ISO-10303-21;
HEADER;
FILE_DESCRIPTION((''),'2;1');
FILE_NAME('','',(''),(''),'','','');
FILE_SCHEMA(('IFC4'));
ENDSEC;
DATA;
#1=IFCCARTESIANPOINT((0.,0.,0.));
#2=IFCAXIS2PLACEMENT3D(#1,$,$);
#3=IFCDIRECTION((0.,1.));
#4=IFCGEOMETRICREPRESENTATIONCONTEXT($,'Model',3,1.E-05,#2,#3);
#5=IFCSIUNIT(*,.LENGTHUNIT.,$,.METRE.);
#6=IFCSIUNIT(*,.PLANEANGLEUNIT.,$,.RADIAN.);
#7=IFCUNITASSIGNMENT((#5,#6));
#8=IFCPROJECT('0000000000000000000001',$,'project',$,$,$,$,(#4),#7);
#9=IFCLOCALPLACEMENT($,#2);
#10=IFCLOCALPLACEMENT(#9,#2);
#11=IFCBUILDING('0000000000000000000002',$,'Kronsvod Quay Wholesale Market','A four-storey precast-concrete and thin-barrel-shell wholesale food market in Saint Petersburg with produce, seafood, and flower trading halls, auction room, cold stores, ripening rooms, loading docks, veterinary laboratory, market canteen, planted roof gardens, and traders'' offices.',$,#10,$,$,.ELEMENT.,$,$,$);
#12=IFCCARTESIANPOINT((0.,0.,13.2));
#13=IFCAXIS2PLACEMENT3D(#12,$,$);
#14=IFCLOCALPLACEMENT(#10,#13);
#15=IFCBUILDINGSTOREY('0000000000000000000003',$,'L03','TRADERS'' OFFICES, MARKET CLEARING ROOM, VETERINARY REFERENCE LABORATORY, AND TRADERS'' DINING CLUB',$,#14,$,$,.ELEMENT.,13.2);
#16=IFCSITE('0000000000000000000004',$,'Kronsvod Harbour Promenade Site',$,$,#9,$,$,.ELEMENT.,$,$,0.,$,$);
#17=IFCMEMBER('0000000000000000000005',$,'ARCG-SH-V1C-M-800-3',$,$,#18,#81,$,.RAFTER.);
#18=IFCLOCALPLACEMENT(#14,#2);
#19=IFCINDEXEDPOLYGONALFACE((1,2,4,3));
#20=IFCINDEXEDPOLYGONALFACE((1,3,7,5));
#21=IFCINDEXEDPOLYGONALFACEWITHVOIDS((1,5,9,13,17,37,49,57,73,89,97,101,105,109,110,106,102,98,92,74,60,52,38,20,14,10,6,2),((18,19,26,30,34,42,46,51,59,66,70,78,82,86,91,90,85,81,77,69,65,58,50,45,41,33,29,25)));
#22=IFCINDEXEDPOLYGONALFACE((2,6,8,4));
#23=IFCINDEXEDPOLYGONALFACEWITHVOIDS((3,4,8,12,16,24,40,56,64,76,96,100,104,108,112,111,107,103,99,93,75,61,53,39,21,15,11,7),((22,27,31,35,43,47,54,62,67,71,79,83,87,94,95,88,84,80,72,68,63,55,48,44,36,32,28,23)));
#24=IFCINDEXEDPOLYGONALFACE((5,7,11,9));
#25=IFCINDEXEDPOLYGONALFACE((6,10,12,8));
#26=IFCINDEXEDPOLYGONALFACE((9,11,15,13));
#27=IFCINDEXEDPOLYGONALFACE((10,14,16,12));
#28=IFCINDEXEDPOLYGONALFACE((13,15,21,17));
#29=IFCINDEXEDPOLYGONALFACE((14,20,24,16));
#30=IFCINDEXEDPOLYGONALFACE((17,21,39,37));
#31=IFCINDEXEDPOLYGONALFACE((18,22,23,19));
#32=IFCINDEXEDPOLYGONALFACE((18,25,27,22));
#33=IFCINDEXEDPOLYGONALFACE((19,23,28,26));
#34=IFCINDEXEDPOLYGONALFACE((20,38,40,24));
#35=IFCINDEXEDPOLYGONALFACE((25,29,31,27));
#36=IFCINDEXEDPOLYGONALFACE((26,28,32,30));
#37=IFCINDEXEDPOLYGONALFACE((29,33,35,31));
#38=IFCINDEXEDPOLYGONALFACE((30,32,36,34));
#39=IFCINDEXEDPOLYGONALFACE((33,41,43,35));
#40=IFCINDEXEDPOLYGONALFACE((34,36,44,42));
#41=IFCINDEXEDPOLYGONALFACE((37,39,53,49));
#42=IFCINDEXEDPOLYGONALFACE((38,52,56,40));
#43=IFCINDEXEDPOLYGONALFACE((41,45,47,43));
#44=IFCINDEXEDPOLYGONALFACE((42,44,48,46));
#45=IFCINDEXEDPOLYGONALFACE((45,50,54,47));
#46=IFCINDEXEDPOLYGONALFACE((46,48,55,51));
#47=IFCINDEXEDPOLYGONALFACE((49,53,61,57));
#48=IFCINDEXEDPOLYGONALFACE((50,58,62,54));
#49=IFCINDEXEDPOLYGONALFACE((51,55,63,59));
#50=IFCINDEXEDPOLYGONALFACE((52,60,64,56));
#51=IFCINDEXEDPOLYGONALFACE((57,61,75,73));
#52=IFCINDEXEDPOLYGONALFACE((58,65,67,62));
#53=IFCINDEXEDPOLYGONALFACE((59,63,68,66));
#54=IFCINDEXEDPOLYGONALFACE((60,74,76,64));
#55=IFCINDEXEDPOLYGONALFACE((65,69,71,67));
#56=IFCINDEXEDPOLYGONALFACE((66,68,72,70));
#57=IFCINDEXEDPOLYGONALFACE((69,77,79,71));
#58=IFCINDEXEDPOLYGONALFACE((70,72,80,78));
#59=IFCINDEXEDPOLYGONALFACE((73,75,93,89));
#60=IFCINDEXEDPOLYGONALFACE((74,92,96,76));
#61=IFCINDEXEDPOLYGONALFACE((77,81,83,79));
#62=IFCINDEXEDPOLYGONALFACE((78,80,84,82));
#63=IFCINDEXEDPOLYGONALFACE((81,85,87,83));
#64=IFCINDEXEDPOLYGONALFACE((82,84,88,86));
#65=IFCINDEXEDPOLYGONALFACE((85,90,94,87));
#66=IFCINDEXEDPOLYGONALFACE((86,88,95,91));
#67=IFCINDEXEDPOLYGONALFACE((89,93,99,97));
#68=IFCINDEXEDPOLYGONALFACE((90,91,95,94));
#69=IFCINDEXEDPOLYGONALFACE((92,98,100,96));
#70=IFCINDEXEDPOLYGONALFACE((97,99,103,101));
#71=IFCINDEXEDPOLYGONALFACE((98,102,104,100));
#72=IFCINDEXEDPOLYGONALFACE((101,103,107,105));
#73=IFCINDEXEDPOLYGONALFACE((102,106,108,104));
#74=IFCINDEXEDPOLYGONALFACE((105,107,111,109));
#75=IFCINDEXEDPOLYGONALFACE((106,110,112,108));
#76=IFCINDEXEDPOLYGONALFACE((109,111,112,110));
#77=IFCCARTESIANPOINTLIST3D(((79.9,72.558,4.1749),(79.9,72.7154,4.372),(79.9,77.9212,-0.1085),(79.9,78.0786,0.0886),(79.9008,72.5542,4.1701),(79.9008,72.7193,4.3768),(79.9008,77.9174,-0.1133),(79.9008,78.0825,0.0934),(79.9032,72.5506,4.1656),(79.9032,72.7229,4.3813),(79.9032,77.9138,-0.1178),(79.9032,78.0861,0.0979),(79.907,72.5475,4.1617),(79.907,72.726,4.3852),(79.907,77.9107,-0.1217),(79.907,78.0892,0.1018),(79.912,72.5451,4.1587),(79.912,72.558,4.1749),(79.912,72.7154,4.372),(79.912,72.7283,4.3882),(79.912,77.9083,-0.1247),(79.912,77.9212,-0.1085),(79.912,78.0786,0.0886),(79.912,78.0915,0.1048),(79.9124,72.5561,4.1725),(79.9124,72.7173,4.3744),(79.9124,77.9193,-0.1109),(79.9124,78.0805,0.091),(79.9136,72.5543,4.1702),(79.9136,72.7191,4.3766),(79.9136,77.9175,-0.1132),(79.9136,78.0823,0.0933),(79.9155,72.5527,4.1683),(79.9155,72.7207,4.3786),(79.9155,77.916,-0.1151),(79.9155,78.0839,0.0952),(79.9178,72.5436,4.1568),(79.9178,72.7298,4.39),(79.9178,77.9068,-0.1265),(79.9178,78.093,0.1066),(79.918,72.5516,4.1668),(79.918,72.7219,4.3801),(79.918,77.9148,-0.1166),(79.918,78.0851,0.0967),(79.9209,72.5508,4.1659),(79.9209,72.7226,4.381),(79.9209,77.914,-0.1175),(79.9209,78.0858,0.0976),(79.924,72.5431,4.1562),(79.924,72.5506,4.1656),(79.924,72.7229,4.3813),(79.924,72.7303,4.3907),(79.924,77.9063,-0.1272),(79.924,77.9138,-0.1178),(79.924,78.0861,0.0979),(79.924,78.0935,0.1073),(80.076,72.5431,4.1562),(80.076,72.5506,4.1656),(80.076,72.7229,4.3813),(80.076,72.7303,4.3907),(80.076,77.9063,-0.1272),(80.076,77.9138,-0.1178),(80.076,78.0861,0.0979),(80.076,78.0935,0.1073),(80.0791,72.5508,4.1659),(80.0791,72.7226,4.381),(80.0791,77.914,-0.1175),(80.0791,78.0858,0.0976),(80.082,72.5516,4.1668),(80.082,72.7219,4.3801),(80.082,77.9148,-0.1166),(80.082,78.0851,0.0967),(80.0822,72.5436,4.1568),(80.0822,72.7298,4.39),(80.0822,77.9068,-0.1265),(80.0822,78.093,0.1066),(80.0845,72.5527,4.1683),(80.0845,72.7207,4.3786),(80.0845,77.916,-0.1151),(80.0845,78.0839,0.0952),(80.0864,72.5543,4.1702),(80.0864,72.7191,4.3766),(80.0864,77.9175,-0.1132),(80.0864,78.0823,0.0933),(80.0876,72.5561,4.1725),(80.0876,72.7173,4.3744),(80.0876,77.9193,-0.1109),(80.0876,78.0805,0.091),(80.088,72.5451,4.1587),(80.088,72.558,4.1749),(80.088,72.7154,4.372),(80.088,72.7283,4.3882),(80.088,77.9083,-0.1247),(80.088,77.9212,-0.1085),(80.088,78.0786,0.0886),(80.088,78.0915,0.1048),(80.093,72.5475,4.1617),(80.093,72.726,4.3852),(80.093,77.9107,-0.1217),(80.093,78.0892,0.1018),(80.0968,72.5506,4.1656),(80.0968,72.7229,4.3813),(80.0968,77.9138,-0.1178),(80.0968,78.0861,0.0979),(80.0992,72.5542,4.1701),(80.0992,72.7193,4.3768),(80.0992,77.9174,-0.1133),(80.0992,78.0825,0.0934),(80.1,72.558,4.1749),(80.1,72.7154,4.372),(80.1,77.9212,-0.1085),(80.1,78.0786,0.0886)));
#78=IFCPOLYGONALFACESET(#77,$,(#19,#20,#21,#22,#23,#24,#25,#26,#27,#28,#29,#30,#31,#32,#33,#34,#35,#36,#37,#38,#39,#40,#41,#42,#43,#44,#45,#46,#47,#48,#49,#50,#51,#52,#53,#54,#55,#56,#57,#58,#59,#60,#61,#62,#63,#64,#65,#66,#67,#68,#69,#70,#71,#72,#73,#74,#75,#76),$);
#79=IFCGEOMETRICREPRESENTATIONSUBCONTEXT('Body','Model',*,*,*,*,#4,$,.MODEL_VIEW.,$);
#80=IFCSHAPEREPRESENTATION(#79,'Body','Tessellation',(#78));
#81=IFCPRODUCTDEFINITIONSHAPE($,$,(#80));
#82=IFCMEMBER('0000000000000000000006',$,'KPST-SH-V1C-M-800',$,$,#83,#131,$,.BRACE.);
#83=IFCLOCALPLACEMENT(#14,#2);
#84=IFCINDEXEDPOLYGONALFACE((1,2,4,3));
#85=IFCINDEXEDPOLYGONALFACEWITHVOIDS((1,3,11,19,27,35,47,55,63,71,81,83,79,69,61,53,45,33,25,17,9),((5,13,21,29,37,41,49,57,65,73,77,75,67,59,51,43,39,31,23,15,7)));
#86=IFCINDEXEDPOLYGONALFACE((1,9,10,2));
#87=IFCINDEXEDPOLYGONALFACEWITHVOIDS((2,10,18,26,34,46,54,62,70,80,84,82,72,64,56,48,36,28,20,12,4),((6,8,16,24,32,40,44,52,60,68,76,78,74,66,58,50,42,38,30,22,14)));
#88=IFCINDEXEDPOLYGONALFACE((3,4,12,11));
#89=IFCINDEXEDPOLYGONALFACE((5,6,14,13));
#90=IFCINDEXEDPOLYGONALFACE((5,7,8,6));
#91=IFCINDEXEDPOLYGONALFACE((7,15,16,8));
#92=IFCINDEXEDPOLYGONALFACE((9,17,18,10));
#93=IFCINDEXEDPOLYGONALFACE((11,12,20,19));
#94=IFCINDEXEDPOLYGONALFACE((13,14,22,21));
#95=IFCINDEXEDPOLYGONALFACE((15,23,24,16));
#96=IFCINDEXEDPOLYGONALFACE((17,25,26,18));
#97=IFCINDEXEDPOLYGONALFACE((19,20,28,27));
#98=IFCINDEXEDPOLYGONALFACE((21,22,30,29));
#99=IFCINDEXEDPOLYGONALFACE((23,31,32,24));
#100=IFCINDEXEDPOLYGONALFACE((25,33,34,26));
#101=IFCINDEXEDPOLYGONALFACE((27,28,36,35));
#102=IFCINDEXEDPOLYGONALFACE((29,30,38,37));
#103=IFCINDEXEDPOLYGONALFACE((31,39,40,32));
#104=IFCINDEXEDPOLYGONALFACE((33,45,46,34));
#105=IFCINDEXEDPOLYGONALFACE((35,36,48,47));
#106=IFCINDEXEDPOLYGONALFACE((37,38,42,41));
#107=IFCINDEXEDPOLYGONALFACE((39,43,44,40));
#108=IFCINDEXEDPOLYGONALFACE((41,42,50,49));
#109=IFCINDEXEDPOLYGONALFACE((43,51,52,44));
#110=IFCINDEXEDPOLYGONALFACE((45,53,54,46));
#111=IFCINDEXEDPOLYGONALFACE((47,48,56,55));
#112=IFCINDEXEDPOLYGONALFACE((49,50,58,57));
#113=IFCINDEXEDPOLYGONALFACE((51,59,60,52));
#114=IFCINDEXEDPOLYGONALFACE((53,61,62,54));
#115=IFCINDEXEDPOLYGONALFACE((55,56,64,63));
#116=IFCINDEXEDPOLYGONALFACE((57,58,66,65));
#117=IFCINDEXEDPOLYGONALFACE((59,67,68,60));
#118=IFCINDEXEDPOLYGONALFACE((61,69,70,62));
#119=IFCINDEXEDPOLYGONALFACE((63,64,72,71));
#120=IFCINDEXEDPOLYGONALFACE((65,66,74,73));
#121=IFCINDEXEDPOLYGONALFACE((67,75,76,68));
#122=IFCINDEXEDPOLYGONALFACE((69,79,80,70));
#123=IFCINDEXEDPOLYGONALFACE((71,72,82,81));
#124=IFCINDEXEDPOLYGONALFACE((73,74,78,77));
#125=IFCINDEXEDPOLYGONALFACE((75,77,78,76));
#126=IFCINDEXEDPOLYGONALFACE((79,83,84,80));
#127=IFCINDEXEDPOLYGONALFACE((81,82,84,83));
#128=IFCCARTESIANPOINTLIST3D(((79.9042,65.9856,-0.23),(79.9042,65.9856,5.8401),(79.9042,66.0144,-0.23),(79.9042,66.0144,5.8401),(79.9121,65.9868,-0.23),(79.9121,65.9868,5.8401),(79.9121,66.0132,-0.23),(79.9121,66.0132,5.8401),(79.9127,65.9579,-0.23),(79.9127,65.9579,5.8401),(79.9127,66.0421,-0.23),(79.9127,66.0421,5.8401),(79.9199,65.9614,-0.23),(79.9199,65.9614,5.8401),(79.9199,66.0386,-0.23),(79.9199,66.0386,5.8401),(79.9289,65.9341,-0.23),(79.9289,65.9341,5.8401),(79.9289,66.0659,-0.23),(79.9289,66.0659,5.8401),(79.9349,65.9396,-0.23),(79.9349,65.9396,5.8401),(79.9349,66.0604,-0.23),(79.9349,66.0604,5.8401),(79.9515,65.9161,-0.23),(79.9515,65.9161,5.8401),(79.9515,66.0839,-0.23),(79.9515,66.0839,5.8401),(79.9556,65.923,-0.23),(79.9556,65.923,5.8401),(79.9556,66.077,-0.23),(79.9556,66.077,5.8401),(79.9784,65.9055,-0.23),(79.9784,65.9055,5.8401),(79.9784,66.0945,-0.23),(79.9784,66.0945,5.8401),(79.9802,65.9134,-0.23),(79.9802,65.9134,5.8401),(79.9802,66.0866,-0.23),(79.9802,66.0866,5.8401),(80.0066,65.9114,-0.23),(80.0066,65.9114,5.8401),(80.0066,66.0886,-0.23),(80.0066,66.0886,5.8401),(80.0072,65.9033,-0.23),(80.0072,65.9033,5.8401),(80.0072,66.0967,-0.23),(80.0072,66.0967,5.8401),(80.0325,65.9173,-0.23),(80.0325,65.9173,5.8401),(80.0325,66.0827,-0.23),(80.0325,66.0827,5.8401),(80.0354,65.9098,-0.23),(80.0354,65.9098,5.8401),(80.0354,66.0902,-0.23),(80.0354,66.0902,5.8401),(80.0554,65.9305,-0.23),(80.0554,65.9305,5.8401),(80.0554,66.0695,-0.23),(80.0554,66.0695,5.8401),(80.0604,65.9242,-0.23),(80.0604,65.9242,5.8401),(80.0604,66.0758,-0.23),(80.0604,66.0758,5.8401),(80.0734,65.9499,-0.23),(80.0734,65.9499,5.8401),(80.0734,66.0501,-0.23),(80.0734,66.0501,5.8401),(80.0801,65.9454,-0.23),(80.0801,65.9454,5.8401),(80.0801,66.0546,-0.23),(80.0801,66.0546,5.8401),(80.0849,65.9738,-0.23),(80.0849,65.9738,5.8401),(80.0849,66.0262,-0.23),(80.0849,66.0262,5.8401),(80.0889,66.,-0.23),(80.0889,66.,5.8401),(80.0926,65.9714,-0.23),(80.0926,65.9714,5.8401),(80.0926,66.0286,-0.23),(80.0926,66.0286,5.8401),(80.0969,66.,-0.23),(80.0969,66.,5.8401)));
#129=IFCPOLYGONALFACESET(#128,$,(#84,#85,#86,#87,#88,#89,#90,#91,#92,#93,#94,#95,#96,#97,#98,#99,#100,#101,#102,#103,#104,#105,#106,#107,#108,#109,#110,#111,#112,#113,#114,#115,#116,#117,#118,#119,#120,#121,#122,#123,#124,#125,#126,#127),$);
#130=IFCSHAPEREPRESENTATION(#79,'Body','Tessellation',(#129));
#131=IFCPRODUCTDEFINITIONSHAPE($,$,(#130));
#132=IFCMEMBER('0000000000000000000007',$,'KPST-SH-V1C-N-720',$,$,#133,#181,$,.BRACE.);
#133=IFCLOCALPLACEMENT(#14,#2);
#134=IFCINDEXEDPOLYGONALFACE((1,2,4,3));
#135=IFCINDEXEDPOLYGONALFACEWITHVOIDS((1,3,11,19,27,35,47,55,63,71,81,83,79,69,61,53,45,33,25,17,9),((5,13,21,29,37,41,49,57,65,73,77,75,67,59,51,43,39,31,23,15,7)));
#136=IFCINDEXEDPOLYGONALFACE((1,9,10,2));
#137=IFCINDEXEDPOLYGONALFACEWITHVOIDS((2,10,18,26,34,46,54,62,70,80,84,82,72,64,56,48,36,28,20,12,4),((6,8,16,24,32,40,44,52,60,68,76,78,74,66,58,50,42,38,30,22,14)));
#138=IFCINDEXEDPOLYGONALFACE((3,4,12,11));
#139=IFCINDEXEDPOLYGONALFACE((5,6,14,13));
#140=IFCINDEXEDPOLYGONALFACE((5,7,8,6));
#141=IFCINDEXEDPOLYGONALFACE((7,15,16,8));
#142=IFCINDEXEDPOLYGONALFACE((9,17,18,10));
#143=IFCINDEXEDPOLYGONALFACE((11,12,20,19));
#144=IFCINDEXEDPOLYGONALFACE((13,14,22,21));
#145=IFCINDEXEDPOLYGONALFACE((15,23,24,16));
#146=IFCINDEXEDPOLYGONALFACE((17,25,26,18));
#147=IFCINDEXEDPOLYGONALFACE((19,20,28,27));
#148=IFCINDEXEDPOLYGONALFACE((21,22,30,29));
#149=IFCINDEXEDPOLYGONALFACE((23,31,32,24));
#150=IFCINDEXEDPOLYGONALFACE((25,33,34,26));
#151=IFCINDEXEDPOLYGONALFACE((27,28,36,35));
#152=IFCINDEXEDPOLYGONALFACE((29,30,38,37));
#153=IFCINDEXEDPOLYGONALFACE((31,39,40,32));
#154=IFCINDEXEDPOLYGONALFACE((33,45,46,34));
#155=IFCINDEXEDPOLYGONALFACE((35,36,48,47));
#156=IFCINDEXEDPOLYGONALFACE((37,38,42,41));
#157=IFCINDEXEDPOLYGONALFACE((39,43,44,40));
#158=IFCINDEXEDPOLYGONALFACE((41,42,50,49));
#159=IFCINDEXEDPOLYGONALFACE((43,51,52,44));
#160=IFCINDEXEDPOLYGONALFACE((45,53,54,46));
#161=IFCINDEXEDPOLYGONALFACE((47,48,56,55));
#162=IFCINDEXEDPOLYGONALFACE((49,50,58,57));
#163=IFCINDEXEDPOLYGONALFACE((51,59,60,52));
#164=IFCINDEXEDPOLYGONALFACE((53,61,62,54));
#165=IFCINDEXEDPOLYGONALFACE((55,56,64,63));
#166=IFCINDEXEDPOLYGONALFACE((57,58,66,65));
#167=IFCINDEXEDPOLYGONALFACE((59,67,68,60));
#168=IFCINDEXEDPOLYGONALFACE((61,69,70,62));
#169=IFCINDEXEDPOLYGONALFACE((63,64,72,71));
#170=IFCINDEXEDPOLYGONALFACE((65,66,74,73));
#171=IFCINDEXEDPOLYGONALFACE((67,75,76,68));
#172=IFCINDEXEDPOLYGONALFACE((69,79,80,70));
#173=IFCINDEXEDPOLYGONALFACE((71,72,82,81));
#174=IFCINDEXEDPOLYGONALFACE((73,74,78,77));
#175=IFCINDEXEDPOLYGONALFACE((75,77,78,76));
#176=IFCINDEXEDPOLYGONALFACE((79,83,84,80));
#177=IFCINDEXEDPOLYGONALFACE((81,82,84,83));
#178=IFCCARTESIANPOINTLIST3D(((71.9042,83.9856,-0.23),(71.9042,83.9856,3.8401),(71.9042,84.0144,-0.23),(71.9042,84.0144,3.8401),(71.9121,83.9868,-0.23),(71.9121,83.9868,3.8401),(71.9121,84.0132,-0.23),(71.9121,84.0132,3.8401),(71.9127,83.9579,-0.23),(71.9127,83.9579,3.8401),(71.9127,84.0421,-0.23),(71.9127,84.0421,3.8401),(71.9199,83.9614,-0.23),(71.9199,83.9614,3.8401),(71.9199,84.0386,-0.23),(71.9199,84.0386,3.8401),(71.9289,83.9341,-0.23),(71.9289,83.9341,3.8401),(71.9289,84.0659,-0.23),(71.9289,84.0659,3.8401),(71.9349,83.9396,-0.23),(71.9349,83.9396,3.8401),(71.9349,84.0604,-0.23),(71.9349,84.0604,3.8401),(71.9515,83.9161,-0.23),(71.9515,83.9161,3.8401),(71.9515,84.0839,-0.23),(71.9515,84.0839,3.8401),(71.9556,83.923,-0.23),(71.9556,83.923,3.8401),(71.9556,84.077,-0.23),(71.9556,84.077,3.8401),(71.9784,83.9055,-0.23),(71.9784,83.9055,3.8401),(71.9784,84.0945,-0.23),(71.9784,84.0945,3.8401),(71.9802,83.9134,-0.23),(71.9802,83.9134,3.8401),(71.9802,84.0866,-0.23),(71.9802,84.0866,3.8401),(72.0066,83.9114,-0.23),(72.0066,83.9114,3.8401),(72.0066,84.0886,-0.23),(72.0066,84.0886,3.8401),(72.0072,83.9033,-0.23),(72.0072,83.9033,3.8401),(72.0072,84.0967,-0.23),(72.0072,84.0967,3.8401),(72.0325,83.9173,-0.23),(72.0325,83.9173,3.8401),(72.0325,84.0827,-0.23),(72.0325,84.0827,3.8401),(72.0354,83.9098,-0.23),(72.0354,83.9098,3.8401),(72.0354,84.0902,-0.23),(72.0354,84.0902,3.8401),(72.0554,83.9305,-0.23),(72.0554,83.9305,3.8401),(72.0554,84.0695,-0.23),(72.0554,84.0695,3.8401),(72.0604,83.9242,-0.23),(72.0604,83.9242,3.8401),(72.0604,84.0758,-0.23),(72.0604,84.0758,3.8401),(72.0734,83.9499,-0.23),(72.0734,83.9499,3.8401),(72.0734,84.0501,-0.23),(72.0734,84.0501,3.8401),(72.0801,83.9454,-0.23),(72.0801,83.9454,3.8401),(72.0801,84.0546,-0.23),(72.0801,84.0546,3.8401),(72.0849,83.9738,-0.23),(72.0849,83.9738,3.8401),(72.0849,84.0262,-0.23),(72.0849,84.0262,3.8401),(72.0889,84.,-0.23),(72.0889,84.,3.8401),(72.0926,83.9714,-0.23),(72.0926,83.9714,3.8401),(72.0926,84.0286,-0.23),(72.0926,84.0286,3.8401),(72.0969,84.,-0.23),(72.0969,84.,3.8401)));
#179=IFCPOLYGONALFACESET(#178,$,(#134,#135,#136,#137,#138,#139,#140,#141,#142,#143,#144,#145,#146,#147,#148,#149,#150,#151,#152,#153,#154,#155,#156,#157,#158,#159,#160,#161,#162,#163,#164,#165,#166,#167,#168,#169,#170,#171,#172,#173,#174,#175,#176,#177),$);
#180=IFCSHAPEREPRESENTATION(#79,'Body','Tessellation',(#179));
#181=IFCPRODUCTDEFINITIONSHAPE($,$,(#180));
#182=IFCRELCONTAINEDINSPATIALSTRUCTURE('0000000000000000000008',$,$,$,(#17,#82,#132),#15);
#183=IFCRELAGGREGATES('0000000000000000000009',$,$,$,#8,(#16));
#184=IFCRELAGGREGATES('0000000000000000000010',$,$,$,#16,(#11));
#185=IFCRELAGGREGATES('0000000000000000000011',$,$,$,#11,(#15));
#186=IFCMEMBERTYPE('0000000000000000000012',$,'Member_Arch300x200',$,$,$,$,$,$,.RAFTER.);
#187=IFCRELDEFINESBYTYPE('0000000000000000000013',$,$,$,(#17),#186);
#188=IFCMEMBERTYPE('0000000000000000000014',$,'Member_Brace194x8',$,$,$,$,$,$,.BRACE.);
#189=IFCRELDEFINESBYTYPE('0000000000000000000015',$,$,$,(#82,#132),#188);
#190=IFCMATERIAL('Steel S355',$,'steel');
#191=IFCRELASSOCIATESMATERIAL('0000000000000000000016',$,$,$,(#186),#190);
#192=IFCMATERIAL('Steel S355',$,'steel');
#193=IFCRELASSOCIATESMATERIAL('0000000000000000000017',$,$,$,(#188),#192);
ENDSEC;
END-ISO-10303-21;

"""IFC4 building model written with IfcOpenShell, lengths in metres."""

from ifc_helpers import new_model, si_unit, direction, frame, origin, origin_2d, place, context, subcontext, project, spatial, hollow_rectangle, hollow_circle, extrude, material, material_profile, profile_set, type_object, element, save


model = new_model("IFC4")

# Units and contexts
model_context = context("Model", 3, precision=1e-05, world=origin(), true_north=direction((0.0, 1.0)))
body_context = subcontext(model_context, "Body", "Model", "MODEL_VIEW")
ifc_project = project(units=[si_unit("LENGTHUNIT", "METRE"), si_unit("PLANEANGLEUNIT", "RADIAN")], contexts=[model_context])

# Site, building, storey
site_placement = place(None, origin())
site = spatial("IfcSite", under=ifc_project, at=site_placement, Name="Kronsvod Harbour Promenade Site", CompositionType="ELEMENT", RefElevation=0.0)
building_placement = place(site_placement, origin())
building = spatial("IfcBuilding", under=site, at=building_placement, Name="Kronsvod Quay Wholesale Market", Description="A four-storey precast-concrete and thin-barrel-shell wholesale food market in Saint Petersburg with produce, seafood, and flower trading halls, auction room, cold stores, ripening rooms, loading docks, veterinary laboratory, market canteen, planted roof gardens, and traders' offices.", CompositionType="ELEMENT")
storey_placement = place(building_placement, frame((0.0, 0.0, 13.2)))
storey = spatial("IfcBuildingStorey", under=building, at=storey_placement, Name="L03", Description="TRADERS' OFFICES, MARKET CLEARING ROOM, VETERINARY REFERENCE LABORATORY, AND TRADERS' DINING CLUB", CompositionType="ELEMENT", Elevation=13.2)

# Members
ifc_material_1 = material(Name="Steel S355", Category="steel")
ifc_material_profile_1 = material_profile(ifc_material_1, hollow_rectangle(XDim=0.2, YDim=0.3, WallThickness=0.012, InnerFilletRadius=0.012, OuterFilletRadius=0.0239, at=origin_2d()), Name="RHS300x200x12")
ifc_profile_set_1 = profile_set([ifc_material_profile_1], Name="Steel S355")
member_type_1 = type_object("IfcMemberType", Name="Member_Arch300x200", PredefinedType="RAFTER", material=ifc_profile_set_1)
member_1_placement = place(storey_placement, frame((80.0, 72.6367, 4.2734), z_axis=(0.0, 0.781379, -0.624057), x_axis=(-1.0, 0.0, 0.0)))
element("IfcMember", 1, at=member_1_placement, inside=storey, type_object=member_type_1, Name="ARCG-SH-V1C-M-800-3", PredefinedType="RAFTER", context=body_context, shape_type="SweptSolid", body=[
    extrude(hollow_rectangle(XDim=0.2, YDim=0.3, WallThickness=0.012, InnerFilletRadius=0.012, OuterFilletRadius=0.0239, at=origin_2d()), origin(), (0.0, 0.0, 1.0), 6.8638),
])
ifc_material_2 = material(Name="Steel S355", Category="steel")
ifc_material_profile_2 = material_profile(ifc_material_2, hollow_circle(Radius=0.0969, WallThickness=0.0081, at=origin_2d()), Name="CHS194x8")
ifc_profile_set_2 = profile_set([ifc_material_profile_2], Name="Steel S355")
member_type_2 = type_object("IfcMemberType", Name="Member_Brace194x8", PredefinedType="BRACE", material=ifc_profile_set_2)
member_2_placement = place(storey_placement, frame((80.0, 66.0, -0.23), z_axis=(0.0, 0.0, 1.0), x_axis=(1.0, 0.0, 0.0)))
element("IfcMember", 2, at=member_2_placement, inside=storey, type_object=member_type_2, Name="KPST-SH-V1C-M-800", PredefinedType="BRACE", context=body_context, shape_type="SweptSolid", body=[
    extrude(hollow_circle(Radius=0.0969, WallThickness=0.0081, at=origin_2d()), origin(), (0.0, 0.0, 1.0), 6.0701),
])
for number, where, z_axis, x_axis, name in (
    (3, (72.0, 84.0, -0.23), (0.0, 0.0, 1.0), (1.0, 0.0, 0.0), "KPST-SH-V1C-N-720"),
):
    element("IfcMember", number, at=place(storey_placement, frame(where, z_axis=z_axis, x_axis=x_axis)), inside=storey, type_object=member_type_2, Name=name, PredefinedType="BRACE", context=body_context, shape_type="SweptSolid", body=[
        extrude(hollow_circle(Radius=0.0969, WallThickness=0.0081, at=origin_2d()), origin(), (0.0, 0.0, 1.0), 4.0701),
    ])

save(model, "model.ifc")
